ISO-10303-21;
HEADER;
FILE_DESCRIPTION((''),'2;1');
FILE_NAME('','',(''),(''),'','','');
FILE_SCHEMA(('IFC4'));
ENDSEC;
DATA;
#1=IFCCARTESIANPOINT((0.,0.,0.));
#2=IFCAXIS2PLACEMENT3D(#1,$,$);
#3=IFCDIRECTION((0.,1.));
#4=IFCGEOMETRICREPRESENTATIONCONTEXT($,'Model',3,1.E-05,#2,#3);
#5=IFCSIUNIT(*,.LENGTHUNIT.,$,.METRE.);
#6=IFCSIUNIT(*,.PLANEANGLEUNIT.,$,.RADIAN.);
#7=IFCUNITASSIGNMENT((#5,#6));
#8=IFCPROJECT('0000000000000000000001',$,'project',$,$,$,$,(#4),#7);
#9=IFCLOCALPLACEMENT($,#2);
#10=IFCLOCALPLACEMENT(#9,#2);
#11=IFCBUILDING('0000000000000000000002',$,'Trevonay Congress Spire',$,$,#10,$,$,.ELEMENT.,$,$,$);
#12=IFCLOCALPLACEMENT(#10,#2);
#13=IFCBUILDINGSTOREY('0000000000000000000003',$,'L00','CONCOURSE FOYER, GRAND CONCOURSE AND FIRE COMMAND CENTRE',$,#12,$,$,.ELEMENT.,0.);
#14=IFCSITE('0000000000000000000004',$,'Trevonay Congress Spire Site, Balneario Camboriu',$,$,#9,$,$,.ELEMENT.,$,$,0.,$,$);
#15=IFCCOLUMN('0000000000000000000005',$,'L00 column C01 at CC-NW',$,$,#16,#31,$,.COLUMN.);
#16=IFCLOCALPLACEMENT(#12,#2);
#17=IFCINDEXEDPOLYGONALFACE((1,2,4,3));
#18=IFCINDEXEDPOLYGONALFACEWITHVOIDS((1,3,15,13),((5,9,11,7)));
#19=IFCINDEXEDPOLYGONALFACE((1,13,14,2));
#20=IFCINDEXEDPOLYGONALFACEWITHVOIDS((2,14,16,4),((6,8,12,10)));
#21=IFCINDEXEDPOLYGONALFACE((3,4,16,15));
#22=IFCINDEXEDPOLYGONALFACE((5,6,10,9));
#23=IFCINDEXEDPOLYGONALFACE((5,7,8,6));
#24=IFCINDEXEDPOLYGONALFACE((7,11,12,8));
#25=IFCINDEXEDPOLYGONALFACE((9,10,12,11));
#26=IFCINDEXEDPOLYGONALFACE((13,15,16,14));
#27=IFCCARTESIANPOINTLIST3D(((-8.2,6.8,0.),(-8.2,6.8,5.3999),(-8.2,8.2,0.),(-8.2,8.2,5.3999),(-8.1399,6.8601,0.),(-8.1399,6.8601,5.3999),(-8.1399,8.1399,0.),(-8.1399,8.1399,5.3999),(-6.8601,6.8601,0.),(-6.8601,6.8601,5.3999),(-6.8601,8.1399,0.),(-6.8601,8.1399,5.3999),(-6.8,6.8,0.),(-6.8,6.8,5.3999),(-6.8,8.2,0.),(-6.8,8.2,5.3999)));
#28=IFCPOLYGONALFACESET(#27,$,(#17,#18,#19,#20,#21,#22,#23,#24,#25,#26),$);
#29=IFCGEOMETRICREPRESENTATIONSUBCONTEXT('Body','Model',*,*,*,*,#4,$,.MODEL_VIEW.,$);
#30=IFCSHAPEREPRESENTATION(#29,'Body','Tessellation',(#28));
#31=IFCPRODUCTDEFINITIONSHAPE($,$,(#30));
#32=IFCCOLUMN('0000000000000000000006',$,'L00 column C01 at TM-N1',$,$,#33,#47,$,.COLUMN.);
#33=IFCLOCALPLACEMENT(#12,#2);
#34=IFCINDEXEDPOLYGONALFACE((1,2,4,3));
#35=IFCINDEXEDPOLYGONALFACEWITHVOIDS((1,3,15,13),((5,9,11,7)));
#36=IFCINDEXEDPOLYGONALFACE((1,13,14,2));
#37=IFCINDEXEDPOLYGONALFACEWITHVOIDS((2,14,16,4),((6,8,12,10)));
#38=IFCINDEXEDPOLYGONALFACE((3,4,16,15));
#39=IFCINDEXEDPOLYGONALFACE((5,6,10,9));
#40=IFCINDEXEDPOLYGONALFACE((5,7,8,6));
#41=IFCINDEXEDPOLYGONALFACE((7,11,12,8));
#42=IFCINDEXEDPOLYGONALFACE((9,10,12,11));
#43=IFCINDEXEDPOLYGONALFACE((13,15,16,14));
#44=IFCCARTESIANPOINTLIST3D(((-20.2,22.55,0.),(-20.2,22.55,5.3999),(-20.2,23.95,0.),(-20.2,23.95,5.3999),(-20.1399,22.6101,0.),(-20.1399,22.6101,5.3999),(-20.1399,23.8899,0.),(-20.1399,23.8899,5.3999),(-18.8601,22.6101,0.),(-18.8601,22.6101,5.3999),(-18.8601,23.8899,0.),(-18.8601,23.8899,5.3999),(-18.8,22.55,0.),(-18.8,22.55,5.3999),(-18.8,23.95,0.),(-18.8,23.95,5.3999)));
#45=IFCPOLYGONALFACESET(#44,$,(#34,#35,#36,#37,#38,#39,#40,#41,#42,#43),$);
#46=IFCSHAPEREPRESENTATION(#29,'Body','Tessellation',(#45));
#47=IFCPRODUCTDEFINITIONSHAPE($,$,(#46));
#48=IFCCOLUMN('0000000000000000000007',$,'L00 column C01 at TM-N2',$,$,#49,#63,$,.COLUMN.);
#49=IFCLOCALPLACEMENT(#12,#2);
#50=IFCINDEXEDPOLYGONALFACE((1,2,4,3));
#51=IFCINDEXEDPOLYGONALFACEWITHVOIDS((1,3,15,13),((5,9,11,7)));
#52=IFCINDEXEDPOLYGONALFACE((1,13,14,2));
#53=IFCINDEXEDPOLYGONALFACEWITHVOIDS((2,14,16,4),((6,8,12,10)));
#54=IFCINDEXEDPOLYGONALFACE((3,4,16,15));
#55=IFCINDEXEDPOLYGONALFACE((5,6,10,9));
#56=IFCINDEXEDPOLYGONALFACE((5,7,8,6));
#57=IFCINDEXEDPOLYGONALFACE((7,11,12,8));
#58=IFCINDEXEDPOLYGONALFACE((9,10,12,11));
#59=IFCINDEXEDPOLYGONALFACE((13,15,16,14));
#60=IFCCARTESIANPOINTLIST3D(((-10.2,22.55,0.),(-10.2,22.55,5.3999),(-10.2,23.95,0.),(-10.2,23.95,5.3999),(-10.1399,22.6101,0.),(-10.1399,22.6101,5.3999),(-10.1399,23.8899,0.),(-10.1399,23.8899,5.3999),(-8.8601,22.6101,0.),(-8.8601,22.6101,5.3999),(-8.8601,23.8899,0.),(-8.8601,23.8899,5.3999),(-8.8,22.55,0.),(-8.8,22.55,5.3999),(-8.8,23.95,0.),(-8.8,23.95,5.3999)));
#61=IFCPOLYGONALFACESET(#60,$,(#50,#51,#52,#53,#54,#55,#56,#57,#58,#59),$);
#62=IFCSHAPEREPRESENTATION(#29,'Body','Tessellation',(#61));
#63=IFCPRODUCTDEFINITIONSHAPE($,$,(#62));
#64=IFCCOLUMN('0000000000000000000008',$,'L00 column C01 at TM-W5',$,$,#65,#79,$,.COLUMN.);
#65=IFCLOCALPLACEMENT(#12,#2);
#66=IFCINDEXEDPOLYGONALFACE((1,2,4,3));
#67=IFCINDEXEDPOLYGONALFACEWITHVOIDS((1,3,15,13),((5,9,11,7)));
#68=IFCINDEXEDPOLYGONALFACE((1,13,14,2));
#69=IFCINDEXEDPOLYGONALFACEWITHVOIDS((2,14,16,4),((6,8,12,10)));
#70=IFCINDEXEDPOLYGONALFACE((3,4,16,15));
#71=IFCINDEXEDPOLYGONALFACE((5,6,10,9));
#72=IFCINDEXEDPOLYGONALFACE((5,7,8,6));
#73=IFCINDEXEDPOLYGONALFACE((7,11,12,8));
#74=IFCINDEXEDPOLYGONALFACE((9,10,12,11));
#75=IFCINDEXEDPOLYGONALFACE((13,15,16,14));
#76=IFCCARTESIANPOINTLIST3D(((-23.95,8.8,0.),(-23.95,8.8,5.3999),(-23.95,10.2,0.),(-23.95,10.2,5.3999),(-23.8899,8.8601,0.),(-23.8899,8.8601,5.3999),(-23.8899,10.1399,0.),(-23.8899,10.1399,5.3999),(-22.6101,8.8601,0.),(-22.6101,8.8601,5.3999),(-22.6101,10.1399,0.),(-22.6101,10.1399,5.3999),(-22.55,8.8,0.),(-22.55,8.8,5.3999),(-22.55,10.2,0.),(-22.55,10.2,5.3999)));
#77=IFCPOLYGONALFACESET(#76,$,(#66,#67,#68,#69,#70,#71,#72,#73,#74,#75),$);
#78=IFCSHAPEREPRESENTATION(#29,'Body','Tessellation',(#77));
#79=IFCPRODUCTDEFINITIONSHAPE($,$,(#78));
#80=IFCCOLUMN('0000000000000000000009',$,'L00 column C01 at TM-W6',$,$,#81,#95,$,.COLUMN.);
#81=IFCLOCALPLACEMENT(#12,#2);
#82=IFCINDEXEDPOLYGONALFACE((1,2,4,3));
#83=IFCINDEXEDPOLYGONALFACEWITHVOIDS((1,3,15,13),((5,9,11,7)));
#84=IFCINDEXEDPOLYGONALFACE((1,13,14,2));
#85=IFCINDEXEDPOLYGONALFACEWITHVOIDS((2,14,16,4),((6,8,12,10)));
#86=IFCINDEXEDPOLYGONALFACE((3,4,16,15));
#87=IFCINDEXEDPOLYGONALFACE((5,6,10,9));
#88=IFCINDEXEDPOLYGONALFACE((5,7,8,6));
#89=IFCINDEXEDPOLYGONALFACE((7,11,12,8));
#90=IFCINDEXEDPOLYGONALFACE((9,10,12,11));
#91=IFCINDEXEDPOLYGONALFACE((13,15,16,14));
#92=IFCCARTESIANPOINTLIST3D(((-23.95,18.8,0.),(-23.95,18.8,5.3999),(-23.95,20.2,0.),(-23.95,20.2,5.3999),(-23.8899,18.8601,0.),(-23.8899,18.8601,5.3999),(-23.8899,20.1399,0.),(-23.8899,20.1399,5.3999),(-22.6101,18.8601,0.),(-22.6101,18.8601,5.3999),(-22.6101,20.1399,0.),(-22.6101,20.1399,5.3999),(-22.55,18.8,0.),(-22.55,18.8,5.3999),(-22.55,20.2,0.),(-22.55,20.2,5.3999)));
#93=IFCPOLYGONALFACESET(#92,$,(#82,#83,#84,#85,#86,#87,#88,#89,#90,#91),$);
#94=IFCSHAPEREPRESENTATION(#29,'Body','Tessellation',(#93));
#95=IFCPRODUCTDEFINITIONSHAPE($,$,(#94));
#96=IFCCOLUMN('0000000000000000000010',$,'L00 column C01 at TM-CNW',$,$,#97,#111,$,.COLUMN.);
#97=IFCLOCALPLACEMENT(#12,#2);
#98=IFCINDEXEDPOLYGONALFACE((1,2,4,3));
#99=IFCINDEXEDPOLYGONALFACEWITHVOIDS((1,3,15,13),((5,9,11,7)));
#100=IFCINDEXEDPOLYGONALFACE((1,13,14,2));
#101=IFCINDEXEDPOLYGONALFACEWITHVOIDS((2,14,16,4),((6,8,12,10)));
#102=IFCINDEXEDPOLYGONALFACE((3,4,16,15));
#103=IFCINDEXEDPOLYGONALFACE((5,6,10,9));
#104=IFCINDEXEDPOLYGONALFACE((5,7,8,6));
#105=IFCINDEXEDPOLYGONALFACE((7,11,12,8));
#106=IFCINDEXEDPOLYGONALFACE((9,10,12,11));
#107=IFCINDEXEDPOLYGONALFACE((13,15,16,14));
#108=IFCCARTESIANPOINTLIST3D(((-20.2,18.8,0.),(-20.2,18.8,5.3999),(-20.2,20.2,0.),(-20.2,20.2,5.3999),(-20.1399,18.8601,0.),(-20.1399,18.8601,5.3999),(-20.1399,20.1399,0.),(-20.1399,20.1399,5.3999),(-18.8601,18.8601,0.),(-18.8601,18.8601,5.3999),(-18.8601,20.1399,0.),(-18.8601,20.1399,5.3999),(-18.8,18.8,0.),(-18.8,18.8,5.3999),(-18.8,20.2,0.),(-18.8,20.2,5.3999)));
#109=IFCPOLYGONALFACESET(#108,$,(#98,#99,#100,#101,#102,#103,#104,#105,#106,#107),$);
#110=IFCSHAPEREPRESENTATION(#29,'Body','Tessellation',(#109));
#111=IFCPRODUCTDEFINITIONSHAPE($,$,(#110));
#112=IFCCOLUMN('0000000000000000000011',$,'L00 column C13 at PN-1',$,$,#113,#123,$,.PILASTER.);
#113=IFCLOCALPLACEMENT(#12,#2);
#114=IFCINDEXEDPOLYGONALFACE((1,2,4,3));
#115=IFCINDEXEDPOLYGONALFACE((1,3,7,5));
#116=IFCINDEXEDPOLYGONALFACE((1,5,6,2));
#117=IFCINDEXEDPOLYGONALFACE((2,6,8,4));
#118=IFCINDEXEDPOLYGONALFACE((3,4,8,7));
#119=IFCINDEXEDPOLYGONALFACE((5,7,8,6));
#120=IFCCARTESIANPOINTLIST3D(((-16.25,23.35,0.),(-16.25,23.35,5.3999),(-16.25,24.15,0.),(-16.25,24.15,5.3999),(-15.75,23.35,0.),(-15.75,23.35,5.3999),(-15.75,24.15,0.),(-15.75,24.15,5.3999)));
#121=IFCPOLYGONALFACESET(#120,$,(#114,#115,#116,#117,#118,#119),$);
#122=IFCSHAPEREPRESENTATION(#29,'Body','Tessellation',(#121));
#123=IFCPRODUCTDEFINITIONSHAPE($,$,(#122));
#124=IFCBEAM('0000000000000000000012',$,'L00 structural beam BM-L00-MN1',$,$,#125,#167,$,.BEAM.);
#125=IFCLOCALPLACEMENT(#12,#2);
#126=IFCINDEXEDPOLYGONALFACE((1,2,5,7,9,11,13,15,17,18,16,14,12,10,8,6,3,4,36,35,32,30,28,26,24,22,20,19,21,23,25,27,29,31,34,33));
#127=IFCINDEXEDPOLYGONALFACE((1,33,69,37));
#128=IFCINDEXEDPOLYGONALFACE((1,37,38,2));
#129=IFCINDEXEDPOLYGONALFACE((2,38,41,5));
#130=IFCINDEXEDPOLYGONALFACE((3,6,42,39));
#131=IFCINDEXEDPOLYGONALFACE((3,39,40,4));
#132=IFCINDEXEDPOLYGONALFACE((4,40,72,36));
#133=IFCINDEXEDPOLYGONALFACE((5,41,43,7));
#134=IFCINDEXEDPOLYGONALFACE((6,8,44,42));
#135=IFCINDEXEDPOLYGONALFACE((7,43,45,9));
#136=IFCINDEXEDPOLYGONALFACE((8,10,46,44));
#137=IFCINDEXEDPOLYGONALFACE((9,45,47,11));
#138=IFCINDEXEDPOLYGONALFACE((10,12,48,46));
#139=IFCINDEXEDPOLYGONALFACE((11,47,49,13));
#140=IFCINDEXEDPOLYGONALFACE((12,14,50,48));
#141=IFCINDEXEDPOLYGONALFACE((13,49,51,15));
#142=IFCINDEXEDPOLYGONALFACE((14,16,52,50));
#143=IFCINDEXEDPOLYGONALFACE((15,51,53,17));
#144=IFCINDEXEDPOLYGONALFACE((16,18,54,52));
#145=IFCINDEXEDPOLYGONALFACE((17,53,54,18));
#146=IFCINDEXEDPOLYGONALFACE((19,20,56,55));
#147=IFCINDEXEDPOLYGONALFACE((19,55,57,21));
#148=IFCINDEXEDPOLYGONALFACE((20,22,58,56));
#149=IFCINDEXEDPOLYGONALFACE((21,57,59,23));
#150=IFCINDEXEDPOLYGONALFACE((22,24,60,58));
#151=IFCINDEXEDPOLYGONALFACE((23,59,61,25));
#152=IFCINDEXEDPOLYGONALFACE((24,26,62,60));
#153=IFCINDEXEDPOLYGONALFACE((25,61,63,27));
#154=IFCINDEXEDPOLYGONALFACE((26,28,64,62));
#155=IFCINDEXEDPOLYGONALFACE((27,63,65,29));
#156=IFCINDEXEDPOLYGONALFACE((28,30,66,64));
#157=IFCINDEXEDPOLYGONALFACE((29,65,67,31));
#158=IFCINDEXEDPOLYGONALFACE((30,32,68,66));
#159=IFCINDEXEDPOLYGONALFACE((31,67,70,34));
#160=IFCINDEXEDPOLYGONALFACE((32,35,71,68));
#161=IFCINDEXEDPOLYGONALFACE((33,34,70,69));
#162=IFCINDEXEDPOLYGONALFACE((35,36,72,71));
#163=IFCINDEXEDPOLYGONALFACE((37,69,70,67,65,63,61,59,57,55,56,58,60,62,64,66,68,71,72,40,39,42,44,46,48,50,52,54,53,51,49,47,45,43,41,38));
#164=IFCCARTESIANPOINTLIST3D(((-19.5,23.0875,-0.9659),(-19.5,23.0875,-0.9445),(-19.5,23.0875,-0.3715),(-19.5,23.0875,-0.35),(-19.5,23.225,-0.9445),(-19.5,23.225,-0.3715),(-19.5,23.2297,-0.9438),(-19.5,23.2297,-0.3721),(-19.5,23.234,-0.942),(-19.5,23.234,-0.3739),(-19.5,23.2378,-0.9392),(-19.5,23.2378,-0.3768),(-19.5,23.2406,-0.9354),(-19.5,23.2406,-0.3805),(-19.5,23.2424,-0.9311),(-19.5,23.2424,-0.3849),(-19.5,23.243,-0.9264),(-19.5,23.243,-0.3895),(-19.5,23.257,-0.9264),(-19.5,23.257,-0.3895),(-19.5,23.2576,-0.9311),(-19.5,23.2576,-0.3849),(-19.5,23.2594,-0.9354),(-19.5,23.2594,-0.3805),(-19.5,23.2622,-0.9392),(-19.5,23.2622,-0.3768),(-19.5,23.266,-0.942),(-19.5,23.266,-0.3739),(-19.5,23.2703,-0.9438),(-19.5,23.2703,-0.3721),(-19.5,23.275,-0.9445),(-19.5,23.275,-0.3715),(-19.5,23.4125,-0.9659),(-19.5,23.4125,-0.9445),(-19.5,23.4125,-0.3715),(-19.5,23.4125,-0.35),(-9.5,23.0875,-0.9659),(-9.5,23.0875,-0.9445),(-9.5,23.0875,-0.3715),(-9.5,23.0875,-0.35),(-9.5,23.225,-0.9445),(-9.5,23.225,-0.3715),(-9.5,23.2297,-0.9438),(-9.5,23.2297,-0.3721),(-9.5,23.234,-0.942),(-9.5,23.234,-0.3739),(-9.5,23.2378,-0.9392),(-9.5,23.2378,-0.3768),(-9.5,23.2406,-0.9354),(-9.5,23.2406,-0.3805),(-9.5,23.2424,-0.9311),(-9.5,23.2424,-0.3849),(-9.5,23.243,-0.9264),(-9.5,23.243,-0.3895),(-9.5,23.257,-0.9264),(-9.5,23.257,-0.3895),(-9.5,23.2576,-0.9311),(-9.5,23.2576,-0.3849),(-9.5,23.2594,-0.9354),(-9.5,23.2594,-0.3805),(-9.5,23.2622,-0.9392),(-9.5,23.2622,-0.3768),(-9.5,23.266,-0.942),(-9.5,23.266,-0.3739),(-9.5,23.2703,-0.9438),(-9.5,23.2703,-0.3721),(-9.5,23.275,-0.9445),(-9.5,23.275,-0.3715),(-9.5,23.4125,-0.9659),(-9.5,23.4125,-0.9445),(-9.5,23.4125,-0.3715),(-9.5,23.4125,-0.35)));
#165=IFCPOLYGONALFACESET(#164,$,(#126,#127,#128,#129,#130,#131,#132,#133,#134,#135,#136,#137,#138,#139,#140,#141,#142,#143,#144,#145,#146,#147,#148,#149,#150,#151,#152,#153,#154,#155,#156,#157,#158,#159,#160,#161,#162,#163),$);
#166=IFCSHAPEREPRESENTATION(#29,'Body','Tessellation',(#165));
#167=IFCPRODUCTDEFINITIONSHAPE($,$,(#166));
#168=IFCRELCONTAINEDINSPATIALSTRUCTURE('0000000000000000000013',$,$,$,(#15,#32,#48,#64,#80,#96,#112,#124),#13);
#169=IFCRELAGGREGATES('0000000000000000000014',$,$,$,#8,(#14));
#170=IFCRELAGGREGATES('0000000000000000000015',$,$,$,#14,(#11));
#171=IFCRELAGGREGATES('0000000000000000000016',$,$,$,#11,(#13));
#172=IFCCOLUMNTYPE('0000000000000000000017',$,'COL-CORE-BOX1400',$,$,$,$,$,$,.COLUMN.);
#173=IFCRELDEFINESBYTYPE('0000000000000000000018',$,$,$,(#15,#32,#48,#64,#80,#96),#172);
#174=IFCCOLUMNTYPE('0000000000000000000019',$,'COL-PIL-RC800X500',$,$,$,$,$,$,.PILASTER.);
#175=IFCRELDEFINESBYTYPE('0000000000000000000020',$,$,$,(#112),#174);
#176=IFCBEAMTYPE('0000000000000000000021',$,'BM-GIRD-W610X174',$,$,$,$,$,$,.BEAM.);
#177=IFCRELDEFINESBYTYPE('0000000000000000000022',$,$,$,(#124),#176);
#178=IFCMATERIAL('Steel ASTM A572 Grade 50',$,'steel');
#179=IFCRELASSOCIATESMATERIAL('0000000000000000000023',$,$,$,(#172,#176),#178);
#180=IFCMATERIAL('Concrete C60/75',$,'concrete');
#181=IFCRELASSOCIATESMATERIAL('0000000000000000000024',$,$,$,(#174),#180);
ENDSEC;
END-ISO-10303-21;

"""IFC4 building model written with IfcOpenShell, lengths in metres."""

from ifc_helpers import new_model, si_unit, direction, frame, origin, origin_2d, place, context, subcontext, project, spatial, rectangle, hollow_rectangle, i_section, extrude, material, material_profile, profile_set, type_object, element, save


model = new_model("IFC4")

# Units and contexts
model_context = context("Model", 3, precision=1e-05, world=origin(), true_north=direction((0.0, 1.0)))
body_context = subcontext(model_context, "Body", "Model", "MODEL_VIEW")
ifc_project = project(units=[si_unit("LENGTHUNIT", "METRE"), si_unit("PLANEANGLEUNIT", "RADIAN")], contexts=[model_context])

# Site, building, storey
site_placement = place(None, origin())
site = spatial("IfcSite", under=ifc_project, at=site_placement, Name="Trevonay Congress Spire Site, Balneario Camboriu", CompositionType="ELEMENT", RefElevation=0.0)
building_placement = place(site_placement, origin())
building = spatial("IfcBuilding", under=site, at=building_placement, Name="Trevonay Congress Spire", CompositionType="ELEMENT")
storey_placement = place(building_placement, origin())
storey = spatial("IfcBuildingStorey", under=building, at=storey_placement, Name="L00", Description="CONCOURSE FOYER, GRAND CONCOURSE AND FIRE COMMAND CENTRE", CompositionType="ELEMENT", Elevation=0.0)

# Columns
ifc_material_1 = material(Name="Steel ASTM A572 Grade 50", Category="steel")
ifc_material_profile_1 = material_profile(ifc_material_1, hollow_rectangle(XDim=1.3999, YDim=1.3999, WallThickness=0.0601, at=origin_2d()), Name="BOX 1400x1400x60")
ifc_profile_set_1 = profile_set([ifc_material_profile_1], Name="Steel ASTM A572 Grade 50")
column_type_1 = type_object("IfcColumnType", Name="COL-CORE-BOX1400", PredefinedType="COLUMN", material=ifc_profile_set_1)
for number, where, z_axis, x_axis, name in (
    (1, (-7.5, 7.5, 0.0), (0.0, 0.0, 1.0), (1.0, 0.0, 0.0), "L00 column C01 at CC-NW"),
    (2, (-19.5, 23.25, 0.0), (0.0, 0.0, 1.0), (1.0, 0.0, 0.0), "L00 column C01 at TM-N1"),
    (3, (-9.5, 23.25, 0.0), (0.0, 0.0, 1.0), (1.0, 0.0, 0.0), "L00 column C01 at TM-N2"),
    (4, (-23.25, 9.5, 0.0), (0.0, 0.0, 1.0), (1.0, 0.0, 0.0), "L00 column C01 at TM-W5"),
    (5, (-23.25, 19.5, 0.0), (0.0, 0.0, 1.0), (1.0, 0.0, 0.0), "L00 column C01 at TM-W6"),
    (6, (-19.5, 19.5, 0.0), (0.0, 0.0, 1.0), (1.0, 0.0, 0.0), "L00 column C01 at TM-CNW"),
):
    element("IfcColumn", number, at=place(storey_placement, frame(where, z_axis=z_axis, x_axis=x_axis)), inside=storey, type_object=column_type_1, Name=name, PredefinedType="COLUMN", context=body_context, shape_type="SweptSolid", body=[
        extrude(hollow_rectangle(XDim=1.3999, YDim=1.3999, WallThickness=0.0601, at=origin_2d()), origin(), (0.0, 0.0, 1.0), 5.3999),
    ])
ifc_material_2 = material(Name="Concrete C60/75", Category="concrete")
ifc_material_profile_2 = material_profile(ifc_material_2, rectangle(XDim=0.5, YDim=0.8, at=origin_2d()), Name="RC 800x500")
ifc_profile_set_2 = profile_set([ifc_material_profile_2], Name="Concrete C60/75")
column_type_2 = type_object("IfcColumnType", Name="COL-PIL-RC800X500", PredefinedType="PILASTER", material=ifc_profile_set_2)
column_placement = place(storey_placement, frame((-16.0, 23.75, 0.0), z_axis=(0.0, 0.0, 1.0), x_axis=(1.0, 0.0, 0.0)))
element("IfcColumn", 7, at=column_placement, inside=storey, type_object=column_type_2, Name="L00 column C13 at PN-1", PredefinedType="PILASTER", context=body_context, shape_type="SweptSolid", body=[
    extrude(rectangle(XDim=0.5, YDim=0.8, at=origin_2d()), origin(), (0.0, 0.0, 1.0), 5.3999),
])

# Beam
ifc_material_profile_3 = material_profile(ifc_material_1, i_section(OverallWidth=0.325, OverallDepth=0.616, WebThickness=0.0139, FlangeThickness=0.0215, FilletRadius=0.0181, at=origin_2d()), Name="W610x174")
ifc_profile_set_3 = profile_set([ifc_material_profile_3], Name="Steel ASTM A572 Grade 50")
beam_type_1 = type_object("IfcBeamType", Name="BM-GIRD-W610X174", PredefinedType="BEAM", material=ifc_profile_set_3)
beam_1_placement = place(storey_placement, frame((-19.5, 23.25, -0.658), z_axis=(1.0, 0.0, 0.0), x_axis=(0.0, 1.0, 0.0)))
element("IfcBeam", 8, at=beam_1_placement, inside=storey, type_object=beam_type_1, Name="L00 structural beam BM-L00-MN1", PredefinedType="BEAM", context=body_context, shape_type="SweptSolid", body=[
    extrude(i_section(OverallWidth=0.325, OverallDepth=0.616, WebThickness=0.0139, FlangeThickness=0.0215, FilletRadius=0.0181, at=origin_2d()), origin(), (0.0, 0.0, 1.0), 10.0),
])

save(model, "model.ifc")
